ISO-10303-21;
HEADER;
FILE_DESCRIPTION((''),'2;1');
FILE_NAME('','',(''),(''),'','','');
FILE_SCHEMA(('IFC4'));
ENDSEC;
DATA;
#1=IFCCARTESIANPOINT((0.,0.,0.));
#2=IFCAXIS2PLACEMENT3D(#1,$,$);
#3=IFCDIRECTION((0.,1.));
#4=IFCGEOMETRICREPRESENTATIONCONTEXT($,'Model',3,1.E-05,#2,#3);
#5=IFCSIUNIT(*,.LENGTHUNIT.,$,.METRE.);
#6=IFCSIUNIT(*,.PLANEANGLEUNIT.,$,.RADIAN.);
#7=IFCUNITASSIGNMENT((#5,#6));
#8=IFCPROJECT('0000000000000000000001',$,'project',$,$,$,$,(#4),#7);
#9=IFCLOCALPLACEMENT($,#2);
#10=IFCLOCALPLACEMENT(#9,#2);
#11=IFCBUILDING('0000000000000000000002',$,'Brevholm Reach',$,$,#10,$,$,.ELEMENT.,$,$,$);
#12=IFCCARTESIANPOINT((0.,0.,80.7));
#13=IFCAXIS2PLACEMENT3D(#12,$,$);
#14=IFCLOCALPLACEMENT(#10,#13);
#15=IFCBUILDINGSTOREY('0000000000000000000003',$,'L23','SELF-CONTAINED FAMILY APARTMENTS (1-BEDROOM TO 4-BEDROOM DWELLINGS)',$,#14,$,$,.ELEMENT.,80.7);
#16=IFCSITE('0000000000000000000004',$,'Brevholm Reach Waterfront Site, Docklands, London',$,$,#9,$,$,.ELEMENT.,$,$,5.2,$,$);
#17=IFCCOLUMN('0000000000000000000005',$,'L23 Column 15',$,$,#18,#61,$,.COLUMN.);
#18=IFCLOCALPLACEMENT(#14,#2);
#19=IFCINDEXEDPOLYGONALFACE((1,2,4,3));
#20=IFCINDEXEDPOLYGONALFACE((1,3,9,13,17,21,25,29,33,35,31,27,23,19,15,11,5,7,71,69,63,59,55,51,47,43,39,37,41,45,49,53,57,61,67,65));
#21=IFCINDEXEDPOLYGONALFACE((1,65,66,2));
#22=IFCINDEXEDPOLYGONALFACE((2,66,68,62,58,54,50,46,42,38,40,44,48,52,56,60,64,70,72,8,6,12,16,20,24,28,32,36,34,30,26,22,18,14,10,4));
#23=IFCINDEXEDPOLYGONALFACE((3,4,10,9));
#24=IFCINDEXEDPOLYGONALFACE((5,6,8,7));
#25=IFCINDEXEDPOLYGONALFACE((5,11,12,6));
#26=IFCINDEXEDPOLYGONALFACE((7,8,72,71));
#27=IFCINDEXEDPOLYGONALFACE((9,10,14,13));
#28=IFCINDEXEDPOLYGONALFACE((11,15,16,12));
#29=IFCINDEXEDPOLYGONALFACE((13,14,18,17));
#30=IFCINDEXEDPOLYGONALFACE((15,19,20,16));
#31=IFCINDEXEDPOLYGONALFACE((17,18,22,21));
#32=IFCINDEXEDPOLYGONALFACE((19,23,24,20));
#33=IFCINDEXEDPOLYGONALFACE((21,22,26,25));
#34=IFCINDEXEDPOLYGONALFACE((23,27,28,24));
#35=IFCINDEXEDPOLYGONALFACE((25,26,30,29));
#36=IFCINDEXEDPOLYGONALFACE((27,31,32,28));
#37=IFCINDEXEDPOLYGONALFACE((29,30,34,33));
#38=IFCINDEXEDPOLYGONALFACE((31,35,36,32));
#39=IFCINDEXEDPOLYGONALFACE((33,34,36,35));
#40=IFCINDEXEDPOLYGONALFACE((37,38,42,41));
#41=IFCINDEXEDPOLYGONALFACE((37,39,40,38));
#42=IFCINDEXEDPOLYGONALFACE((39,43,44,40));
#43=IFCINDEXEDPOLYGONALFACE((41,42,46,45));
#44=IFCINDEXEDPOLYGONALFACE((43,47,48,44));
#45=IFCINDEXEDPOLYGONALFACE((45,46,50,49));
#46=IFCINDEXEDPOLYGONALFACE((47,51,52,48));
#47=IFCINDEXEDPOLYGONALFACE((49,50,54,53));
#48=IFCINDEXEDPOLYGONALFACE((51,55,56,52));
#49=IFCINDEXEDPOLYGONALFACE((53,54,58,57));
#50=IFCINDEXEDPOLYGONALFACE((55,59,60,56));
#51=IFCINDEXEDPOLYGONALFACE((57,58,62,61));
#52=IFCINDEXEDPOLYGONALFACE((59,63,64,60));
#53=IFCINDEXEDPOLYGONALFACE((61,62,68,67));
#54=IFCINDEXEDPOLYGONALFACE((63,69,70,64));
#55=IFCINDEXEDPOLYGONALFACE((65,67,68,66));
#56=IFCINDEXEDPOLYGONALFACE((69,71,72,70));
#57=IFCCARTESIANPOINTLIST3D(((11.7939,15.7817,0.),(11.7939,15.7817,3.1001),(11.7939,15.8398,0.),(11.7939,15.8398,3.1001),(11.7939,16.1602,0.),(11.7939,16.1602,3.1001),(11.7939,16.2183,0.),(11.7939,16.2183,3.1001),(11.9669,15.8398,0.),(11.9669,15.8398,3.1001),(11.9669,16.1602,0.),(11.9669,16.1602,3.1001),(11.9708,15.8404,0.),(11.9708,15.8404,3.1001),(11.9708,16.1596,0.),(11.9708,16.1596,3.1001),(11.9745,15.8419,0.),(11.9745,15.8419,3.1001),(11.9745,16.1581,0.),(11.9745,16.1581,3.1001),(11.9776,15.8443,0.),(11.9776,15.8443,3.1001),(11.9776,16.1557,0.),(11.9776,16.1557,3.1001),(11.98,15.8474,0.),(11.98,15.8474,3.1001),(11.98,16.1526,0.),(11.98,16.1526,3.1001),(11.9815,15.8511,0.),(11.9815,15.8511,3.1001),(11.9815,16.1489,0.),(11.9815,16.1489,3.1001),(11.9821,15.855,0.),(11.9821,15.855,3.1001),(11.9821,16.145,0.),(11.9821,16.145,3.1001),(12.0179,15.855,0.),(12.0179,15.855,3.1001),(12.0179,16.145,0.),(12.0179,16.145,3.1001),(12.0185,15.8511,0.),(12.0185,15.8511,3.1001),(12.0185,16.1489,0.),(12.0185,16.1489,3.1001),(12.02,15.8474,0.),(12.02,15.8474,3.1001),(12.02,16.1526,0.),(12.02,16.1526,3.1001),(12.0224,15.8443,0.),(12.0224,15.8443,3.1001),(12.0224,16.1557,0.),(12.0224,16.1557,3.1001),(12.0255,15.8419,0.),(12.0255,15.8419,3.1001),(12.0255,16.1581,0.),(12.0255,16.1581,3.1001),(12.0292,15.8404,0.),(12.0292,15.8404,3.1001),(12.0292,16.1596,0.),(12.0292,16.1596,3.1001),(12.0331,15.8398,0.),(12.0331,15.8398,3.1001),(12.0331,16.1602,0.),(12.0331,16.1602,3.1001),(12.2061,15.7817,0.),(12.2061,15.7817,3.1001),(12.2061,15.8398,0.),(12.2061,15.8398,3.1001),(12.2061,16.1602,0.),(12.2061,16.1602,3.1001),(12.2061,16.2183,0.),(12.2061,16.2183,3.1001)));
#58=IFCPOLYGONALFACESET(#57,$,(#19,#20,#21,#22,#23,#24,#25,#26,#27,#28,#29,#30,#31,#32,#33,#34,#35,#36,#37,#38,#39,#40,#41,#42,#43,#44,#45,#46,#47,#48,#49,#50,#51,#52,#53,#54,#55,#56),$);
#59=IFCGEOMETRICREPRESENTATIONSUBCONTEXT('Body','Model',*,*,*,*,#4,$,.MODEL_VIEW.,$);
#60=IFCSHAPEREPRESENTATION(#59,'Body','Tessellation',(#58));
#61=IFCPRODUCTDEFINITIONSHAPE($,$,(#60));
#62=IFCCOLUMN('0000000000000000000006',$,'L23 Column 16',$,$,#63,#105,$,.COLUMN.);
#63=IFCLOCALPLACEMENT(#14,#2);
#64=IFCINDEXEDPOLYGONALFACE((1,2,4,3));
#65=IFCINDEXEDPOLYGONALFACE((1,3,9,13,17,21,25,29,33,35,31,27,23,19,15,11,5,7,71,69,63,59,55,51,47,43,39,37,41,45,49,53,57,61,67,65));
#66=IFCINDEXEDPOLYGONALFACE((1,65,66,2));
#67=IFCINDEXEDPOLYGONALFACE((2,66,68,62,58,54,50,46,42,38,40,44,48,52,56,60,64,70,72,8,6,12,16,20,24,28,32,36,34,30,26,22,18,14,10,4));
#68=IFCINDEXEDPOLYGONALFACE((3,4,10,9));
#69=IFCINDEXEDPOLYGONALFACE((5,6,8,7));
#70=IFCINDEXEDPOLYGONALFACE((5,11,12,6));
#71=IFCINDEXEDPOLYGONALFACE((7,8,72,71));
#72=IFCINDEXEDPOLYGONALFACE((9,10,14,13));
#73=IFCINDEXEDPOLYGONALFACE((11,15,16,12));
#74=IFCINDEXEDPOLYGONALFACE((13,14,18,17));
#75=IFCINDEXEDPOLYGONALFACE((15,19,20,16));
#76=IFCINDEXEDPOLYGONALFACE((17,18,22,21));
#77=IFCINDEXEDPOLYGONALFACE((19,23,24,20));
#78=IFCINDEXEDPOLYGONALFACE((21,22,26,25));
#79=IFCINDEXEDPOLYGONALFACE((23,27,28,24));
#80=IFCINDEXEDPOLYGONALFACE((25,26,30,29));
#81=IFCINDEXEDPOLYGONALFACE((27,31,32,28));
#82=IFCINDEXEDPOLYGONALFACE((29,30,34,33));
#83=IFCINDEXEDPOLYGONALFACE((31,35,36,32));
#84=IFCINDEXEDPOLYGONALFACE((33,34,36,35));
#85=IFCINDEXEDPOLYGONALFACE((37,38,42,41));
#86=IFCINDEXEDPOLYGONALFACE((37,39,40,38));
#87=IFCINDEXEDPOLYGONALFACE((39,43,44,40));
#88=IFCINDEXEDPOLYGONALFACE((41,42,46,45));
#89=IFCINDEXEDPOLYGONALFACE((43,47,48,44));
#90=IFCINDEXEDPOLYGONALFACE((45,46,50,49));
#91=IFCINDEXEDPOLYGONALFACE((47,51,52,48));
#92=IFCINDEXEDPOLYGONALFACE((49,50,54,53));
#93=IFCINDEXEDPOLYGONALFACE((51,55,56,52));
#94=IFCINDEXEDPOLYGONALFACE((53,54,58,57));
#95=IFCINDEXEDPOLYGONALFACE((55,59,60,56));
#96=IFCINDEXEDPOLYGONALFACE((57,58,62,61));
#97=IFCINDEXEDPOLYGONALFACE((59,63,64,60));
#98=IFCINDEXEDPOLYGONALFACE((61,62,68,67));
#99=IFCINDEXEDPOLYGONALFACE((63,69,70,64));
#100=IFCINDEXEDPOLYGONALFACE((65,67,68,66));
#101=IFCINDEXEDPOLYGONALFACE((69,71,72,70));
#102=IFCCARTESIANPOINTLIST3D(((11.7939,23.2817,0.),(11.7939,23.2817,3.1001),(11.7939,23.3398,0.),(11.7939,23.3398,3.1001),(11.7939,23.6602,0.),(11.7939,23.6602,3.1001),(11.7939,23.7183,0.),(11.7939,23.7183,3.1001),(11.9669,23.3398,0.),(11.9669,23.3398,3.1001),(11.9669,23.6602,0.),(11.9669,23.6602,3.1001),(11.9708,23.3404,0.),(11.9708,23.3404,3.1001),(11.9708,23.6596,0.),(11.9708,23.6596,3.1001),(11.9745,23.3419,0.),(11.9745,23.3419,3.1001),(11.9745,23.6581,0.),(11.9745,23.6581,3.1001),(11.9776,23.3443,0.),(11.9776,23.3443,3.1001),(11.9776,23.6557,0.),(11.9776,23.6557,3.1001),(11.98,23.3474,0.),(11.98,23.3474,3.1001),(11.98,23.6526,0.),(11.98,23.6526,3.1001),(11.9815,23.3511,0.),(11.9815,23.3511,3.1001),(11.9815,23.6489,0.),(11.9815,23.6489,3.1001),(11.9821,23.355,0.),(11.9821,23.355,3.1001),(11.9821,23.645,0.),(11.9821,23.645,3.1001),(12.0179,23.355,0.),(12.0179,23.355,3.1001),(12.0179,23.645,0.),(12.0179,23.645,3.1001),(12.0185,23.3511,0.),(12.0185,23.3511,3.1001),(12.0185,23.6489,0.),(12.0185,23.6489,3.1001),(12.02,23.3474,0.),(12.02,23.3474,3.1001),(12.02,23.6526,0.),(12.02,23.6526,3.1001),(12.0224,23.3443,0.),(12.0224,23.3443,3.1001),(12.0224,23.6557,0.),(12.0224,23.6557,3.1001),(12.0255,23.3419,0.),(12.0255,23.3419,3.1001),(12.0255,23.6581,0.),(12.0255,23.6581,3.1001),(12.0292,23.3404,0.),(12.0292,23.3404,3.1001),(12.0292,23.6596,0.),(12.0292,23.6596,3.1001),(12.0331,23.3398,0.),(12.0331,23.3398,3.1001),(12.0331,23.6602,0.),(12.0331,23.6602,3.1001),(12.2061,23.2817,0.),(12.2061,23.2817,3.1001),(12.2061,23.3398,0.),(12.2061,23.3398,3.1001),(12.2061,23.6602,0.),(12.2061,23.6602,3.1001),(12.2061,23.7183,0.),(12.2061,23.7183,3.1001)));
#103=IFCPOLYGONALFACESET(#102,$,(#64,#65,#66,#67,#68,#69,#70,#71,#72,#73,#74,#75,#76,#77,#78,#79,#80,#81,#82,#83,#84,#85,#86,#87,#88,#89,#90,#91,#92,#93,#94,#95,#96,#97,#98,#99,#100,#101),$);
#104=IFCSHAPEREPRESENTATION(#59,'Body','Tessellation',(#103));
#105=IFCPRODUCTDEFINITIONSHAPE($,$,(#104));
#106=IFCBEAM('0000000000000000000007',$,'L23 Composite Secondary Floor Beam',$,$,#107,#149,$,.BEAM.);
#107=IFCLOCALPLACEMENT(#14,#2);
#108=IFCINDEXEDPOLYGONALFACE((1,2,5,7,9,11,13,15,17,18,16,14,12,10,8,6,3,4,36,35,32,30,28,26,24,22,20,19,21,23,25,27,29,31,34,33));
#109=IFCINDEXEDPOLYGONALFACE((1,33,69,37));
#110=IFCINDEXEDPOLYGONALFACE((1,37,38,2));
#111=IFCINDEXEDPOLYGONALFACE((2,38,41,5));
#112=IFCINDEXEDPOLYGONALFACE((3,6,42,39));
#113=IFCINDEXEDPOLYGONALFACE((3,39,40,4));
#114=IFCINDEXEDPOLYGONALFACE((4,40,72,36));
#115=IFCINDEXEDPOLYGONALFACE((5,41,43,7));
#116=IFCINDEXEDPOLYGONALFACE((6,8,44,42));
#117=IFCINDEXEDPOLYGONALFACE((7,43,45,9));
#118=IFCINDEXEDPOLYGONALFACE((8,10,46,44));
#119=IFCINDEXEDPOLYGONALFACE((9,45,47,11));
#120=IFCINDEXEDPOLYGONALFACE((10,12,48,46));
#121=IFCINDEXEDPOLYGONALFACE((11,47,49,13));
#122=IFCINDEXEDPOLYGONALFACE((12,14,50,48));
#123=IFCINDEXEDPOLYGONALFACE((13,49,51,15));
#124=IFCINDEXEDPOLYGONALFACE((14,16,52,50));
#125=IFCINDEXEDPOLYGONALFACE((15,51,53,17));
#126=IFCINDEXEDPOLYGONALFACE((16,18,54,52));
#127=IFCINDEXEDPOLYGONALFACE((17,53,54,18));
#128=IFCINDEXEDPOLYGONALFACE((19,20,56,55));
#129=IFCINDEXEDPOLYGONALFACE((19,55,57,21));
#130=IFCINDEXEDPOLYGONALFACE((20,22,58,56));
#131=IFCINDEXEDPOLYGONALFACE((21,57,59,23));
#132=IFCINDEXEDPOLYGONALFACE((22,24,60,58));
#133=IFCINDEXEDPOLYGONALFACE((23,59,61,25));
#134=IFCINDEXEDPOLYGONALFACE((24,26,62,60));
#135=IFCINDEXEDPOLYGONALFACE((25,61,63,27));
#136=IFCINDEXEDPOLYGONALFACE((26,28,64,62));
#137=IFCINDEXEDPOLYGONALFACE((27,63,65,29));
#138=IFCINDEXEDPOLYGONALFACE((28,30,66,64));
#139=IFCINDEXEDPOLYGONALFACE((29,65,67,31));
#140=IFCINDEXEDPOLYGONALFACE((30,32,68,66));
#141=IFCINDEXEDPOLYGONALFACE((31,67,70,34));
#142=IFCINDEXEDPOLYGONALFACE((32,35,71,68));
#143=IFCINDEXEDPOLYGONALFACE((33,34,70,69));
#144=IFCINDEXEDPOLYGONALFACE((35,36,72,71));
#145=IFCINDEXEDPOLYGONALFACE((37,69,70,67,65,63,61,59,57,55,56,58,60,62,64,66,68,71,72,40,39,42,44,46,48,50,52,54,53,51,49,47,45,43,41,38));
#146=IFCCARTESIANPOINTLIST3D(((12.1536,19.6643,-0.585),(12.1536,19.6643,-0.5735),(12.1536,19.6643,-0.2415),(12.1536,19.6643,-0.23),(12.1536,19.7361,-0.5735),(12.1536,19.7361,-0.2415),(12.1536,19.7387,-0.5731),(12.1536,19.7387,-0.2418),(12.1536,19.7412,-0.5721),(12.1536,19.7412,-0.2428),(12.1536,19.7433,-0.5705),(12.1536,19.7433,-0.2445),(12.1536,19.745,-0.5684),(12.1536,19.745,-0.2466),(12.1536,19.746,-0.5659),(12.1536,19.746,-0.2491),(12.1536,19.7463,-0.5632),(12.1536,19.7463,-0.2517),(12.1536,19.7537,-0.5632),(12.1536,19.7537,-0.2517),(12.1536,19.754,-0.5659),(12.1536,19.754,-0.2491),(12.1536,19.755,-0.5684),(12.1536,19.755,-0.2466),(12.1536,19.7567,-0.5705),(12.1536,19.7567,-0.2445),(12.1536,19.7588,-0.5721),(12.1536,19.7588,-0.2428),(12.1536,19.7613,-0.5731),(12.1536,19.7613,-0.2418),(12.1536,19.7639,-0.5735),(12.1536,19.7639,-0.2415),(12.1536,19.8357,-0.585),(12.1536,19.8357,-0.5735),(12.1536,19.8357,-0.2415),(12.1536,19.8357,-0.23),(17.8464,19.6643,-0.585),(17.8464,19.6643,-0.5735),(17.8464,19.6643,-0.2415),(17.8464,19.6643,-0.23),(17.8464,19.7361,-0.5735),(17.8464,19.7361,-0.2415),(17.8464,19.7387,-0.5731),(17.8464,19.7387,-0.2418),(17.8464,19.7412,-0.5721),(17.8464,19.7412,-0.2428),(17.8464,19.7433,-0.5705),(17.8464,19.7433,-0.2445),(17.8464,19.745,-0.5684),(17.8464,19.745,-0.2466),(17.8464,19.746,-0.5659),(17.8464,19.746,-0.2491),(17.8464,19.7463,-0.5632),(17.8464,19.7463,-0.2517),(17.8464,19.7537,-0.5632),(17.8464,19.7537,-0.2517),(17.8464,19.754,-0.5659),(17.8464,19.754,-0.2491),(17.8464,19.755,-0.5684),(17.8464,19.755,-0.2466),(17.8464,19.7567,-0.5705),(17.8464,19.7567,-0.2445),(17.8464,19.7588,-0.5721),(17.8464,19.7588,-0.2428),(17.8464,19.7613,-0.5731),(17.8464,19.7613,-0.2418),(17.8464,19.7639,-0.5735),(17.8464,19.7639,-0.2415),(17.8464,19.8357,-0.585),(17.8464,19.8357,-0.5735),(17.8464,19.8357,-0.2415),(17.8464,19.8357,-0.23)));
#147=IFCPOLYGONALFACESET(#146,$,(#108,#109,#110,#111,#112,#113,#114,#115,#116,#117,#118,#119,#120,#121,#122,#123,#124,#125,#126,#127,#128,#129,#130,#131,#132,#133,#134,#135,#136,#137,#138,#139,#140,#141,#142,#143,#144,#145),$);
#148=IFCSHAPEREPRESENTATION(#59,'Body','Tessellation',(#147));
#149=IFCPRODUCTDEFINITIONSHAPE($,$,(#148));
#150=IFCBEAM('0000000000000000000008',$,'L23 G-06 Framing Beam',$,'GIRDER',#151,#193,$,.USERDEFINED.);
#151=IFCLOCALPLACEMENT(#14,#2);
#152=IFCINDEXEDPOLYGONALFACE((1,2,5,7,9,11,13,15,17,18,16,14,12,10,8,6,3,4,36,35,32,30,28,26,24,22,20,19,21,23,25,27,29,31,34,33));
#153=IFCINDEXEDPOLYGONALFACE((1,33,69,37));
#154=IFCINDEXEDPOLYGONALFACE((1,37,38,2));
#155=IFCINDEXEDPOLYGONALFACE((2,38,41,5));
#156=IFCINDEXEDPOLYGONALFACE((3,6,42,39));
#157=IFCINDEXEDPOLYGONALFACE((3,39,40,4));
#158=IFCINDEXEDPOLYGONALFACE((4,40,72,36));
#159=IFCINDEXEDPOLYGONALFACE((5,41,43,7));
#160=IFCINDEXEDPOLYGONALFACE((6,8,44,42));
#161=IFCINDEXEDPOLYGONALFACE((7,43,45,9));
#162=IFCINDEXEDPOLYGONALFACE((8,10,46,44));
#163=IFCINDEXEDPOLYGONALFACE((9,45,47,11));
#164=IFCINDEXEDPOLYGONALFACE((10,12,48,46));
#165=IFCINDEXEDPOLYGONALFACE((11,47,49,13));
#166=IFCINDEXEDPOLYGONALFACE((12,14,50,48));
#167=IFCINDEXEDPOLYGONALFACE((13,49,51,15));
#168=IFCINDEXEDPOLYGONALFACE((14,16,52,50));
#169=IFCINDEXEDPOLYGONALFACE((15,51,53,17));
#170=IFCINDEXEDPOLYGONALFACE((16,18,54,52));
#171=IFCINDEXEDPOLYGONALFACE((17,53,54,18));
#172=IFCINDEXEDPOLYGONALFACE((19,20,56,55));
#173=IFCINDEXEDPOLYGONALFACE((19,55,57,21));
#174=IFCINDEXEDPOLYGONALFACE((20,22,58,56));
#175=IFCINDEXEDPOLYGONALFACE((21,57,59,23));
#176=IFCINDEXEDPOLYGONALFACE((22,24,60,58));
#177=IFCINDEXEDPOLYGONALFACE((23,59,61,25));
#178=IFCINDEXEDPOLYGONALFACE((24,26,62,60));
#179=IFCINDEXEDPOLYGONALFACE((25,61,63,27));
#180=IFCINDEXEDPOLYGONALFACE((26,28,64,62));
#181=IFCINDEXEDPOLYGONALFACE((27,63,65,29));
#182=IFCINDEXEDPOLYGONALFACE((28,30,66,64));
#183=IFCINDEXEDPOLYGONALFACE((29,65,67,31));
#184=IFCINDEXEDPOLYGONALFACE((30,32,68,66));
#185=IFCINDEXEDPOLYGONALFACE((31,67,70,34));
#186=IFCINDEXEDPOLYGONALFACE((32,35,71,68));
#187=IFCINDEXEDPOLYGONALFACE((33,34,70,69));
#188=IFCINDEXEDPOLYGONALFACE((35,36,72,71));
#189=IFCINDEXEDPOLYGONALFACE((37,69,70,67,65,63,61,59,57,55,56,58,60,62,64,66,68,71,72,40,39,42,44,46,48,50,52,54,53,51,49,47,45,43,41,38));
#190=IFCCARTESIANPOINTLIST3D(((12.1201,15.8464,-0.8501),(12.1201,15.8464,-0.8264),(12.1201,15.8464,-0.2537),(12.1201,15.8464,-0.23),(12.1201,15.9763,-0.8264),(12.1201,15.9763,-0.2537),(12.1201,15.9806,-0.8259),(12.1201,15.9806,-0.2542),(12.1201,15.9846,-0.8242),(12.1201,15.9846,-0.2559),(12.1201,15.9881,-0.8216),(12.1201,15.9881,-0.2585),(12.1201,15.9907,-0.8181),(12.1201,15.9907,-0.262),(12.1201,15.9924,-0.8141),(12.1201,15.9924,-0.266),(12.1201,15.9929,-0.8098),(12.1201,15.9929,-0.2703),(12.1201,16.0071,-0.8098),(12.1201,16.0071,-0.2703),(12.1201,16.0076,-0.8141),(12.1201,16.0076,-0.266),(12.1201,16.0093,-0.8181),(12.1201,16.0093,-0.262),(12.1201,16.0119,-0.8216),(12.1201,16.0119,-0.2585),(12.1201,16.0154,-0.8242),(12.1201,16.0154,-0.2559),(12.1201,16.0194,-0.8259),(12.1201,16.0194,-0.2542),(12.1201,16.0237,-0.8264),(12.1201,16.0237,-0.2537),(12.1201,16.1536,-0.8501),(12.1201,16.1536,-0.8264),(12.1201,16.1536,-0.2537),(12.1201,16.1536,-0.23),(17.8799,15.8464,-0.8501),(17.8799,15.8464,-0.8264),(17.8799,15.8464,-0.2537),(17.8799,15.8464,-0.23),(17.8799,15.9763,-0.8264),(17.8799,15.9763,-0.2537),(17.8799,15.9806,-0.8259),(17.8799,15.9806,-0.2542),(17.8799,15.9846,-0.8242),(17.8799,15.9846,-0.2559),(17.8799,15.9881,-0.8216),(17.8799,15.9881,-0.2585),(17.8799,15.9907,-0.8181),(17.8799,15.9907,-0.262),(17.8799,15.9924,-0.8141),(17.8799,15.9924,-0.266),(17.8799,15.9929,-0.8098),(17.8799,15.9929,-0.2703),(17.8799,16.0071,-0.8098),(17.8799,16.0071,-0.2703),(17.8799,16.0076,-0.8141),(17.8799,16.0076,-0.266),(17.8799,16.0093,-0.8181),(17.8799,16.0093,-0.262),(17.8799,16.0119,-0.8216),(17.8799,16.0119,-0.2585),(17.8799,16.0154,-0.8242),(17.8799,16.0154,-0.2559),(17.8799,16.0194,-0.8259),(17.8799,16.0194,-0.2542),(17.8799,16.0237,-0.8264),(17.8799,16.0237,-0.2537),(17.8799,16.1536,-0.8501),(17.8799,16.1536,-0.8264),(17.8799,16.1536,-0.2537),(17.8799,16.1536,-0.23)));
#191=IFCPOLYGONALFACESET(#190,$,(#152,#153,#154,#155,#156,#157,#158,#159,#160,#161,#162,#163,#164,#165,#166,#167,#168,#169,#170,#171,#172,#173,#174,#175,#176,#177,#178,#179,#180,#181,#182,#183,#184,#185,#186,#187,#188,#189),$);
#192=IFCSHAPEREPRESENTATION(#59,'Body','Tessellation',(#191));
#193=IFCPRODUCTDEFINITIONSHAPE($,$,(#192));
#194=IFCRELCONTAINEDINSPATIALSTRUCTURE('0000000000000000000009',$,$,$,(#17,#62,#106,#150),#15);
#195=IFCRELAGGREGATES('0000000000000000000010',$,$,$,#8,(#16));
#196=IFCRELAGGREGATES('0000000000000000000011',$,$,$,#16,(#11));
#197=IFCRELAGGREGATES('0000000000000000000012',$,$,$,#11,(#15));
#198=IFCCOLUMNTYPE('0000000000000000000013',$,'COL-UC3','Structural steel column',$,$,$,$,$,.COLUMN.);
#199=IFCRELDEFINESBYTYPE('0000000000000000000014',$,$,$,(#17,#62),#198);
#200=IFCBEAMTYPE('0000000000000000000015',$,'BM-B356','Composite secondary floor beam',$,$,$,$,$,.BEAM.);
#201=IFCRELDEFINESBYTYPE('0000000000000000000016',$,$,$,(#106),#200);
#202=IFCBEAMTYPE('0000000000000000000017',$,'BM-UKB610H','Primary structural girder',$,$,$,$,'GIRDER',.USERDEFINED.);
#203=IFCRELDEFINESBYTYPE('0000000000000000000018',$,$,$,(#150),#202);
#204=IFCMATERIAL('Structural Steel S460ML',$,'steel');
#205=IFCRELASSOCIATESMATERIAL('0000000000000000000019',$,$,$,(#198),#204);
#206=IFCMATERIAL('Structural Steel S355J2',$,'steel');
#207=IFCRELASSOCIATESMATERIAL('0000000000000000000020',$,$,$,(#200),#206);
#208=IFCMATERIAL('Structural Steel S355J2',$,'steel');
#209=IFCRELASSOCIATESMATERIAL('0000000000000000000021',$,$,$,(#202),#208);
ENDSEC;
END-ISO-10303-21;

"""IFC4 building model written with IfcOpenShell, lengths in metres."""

from ifc_helpers import new_model, si_unit, direction, frame, origin, origin_2d, place, context, subcontext, project, spatial, i_section, extrude, material, material_profile, profile_set, type_object, element, save


model = new_model("IFC4")

# Units and contexts
model_context = context("Model", 3, precision=1e-05, world=origin(), true_north=direction((0.0, 1.0)))
body_context = subcontext(model_context, "Body", "Model", "MODEL_VIEW")
ifc_project = project(units=[si_unit("LENGTHUNIT", "METRE"), si_unit("PLANEANGLEUNIT", "RADIAN")], contexts=[model_context])

# Site, building, storey
site_placement = place(None, origin())
site = spatial("IfcSite", under=ifc_project, at=site_placement, Name="Brevholm Reach Waterfront Site, Docklands, London", CompositionType="ELEMENT", RefElevation=5.2)
building_placement = place(site_placement, origin())
building = spatial("IfcBuilding", under=site, at=building_placement, Name="Brevholm Reach", CompositionType="ELEMENT")
storey_placement = place(building_placement, frame((0.0, 0.0, 80.7)))
storey = spatial("IfcBuildingStorey", under=building, at=storey_placement, Name="L23", Description="SELF-CONTAINED FAMILY APARTMENTS (1-BEDROOM TO 4-BEDROOM DWELLINGS)", CompositionType="ELEMENT", Elevation=80.7)

# Columns
ifc_material_1 = material(Name="Structural Steel S460ML", Category="steel")
ifc_material_profile_1 = material_profile(ifc_material_1, i_section(OverallWidth=0.4121, OverallDepth=0.4365, WebThickness=0.0359, FlangeThickness=0.0581, FilletRadius=0.0151, at=origin_2d()), Name="UKC 356x406x467")
ifc_profile_set_1 = profile_set([ifc_material_profile_1], Name="Structural Steel S460ML")
column_type = type_object("IfcColumnType", Name="COL-UC3", Description="Structural steel column", PredefinedType="COLUMN", material=ifc_profile_set_1)
for number, where, z_axis, x_axis, name in (
    (1, (12.0, 16.0, 0.0), (0.0, 0.0, 1.0), (1.0, 0.0, 0.0), "L23 Column 15"),
    (2, (12.0, 23.5, 0.0), (0.0, 0.0, 1.0), (1.0, 0.0, 0.0), "L23 Column 16"),
):
    element("IfcColumn", number, at=place(storey_placement, frame(where, z_axis=z_axis, x_axis=x_axis)), inside=storey, type_object=column_type, Name=name, PredefinedType="COLUMN", context=body_context, shape_type="SweptSolid", body=[
        extrude(i_section(OverallWidth=0.4121, OverallDepth=0.4365, WebThickness=0.0359, FlangeThickness=0.0581, FilletRadius=0.0151, at=origin_2d()), origin(), (0.0, 0.0, 1.0), 3.1001),
    ])

# Beams
ifc_material_2 = material(Name="Structural Steel S355J2", Category="steel")
ifc_material_profile_2 = material_profile(ifc_material_2, i_section(OverallWidth=0.1714, OverallDepth=0.355, WebThickness=0.0073, FlangeThickness=0.0115, FilletRadius=0.0103, at=origin_2d()), Name="UKB 356x171x51")
ifc_profile_set_2 = profile_set([ifc_material_profile_2], Name="Structural Steel S355J2")
beam_type_1 = type_object("IfcBeamType", Name="BM-B356", Description="Composite secondary floor beam", PredefinedType="BEAM", material=ifc_profile_set_2)
beam_1_placement = place(storey_placement, frame((12.1536, 19.75, -0.4075), z_axis=(1.0, 0.0, 0.0), x_axis=(0.0, 1.0, 0.0)))
element("IfcBeam", 3, at=beam_1_placement, inside=storey, type_object=beam_type_1, Name="L23 Composite Secondary Floor Beam", PredefinedType="BEAM", context=body_context, shape_type="SweptSolid", body=[
    extrude(i_section(OverallWidth=0.1714, OverallDepth=0.355, WebThickness=0.0073, FlangeThickness=0.0115, FilletRadius=0.0103, at=origin_2d()), origin(), (0.0, 0.0, 1.0), 5.6929),
])
ifc_material_3 = material(Name="Structural Steel S355J2", Category="steel")
ifc_material_profile_3 = material_profile(ifc_material_3, i_section(OverallWidth=0.3071, OverallDepth=0.6201, WebThickness=0.0142, FlangeThickness=0.0237, FilletRadius=0.0166, at=origin_2d()), Name="UKB 610x305x179")
ifc_profile_set_3 = profile_set([ifc_material_profile_3], Name="Structural Steel S355J2")
beam_type_2 = type_object("IfcBeamType", Name="BM-UKB610H", Description="Primary structural girder", ElementType="GIRDER", PredefinedType="USERDEFINED", material=ifc_profile_set_3)
beam_2_placement = place(storey_placement, frame((12.1201, 16.0, -0.54), z_axis=(1.0, 0.0, 0.0), x_axis=(0.0, 1.0, 0.0)))
element("IfcBeam", 4, at=beam_2_placement, inside=storey, type_object=beam_type_2, Name="L23 G-06 Framing Beam", ObjectType="GIRDER", PredefinedType="USERDEFINED", context=body_context, shape_type="SweptSolid", body=[
    extrude(i_section(OverallWidth=0.3071, OverallDepth=0.6201, WebThickness=0.0142, FlangeThickness=0.0237, FilletRadius=0.0166, at=origin_2d()), origin(), (0.0, 0.0, 1.0), 5.7598),
])

save(model, "model.ifc")
